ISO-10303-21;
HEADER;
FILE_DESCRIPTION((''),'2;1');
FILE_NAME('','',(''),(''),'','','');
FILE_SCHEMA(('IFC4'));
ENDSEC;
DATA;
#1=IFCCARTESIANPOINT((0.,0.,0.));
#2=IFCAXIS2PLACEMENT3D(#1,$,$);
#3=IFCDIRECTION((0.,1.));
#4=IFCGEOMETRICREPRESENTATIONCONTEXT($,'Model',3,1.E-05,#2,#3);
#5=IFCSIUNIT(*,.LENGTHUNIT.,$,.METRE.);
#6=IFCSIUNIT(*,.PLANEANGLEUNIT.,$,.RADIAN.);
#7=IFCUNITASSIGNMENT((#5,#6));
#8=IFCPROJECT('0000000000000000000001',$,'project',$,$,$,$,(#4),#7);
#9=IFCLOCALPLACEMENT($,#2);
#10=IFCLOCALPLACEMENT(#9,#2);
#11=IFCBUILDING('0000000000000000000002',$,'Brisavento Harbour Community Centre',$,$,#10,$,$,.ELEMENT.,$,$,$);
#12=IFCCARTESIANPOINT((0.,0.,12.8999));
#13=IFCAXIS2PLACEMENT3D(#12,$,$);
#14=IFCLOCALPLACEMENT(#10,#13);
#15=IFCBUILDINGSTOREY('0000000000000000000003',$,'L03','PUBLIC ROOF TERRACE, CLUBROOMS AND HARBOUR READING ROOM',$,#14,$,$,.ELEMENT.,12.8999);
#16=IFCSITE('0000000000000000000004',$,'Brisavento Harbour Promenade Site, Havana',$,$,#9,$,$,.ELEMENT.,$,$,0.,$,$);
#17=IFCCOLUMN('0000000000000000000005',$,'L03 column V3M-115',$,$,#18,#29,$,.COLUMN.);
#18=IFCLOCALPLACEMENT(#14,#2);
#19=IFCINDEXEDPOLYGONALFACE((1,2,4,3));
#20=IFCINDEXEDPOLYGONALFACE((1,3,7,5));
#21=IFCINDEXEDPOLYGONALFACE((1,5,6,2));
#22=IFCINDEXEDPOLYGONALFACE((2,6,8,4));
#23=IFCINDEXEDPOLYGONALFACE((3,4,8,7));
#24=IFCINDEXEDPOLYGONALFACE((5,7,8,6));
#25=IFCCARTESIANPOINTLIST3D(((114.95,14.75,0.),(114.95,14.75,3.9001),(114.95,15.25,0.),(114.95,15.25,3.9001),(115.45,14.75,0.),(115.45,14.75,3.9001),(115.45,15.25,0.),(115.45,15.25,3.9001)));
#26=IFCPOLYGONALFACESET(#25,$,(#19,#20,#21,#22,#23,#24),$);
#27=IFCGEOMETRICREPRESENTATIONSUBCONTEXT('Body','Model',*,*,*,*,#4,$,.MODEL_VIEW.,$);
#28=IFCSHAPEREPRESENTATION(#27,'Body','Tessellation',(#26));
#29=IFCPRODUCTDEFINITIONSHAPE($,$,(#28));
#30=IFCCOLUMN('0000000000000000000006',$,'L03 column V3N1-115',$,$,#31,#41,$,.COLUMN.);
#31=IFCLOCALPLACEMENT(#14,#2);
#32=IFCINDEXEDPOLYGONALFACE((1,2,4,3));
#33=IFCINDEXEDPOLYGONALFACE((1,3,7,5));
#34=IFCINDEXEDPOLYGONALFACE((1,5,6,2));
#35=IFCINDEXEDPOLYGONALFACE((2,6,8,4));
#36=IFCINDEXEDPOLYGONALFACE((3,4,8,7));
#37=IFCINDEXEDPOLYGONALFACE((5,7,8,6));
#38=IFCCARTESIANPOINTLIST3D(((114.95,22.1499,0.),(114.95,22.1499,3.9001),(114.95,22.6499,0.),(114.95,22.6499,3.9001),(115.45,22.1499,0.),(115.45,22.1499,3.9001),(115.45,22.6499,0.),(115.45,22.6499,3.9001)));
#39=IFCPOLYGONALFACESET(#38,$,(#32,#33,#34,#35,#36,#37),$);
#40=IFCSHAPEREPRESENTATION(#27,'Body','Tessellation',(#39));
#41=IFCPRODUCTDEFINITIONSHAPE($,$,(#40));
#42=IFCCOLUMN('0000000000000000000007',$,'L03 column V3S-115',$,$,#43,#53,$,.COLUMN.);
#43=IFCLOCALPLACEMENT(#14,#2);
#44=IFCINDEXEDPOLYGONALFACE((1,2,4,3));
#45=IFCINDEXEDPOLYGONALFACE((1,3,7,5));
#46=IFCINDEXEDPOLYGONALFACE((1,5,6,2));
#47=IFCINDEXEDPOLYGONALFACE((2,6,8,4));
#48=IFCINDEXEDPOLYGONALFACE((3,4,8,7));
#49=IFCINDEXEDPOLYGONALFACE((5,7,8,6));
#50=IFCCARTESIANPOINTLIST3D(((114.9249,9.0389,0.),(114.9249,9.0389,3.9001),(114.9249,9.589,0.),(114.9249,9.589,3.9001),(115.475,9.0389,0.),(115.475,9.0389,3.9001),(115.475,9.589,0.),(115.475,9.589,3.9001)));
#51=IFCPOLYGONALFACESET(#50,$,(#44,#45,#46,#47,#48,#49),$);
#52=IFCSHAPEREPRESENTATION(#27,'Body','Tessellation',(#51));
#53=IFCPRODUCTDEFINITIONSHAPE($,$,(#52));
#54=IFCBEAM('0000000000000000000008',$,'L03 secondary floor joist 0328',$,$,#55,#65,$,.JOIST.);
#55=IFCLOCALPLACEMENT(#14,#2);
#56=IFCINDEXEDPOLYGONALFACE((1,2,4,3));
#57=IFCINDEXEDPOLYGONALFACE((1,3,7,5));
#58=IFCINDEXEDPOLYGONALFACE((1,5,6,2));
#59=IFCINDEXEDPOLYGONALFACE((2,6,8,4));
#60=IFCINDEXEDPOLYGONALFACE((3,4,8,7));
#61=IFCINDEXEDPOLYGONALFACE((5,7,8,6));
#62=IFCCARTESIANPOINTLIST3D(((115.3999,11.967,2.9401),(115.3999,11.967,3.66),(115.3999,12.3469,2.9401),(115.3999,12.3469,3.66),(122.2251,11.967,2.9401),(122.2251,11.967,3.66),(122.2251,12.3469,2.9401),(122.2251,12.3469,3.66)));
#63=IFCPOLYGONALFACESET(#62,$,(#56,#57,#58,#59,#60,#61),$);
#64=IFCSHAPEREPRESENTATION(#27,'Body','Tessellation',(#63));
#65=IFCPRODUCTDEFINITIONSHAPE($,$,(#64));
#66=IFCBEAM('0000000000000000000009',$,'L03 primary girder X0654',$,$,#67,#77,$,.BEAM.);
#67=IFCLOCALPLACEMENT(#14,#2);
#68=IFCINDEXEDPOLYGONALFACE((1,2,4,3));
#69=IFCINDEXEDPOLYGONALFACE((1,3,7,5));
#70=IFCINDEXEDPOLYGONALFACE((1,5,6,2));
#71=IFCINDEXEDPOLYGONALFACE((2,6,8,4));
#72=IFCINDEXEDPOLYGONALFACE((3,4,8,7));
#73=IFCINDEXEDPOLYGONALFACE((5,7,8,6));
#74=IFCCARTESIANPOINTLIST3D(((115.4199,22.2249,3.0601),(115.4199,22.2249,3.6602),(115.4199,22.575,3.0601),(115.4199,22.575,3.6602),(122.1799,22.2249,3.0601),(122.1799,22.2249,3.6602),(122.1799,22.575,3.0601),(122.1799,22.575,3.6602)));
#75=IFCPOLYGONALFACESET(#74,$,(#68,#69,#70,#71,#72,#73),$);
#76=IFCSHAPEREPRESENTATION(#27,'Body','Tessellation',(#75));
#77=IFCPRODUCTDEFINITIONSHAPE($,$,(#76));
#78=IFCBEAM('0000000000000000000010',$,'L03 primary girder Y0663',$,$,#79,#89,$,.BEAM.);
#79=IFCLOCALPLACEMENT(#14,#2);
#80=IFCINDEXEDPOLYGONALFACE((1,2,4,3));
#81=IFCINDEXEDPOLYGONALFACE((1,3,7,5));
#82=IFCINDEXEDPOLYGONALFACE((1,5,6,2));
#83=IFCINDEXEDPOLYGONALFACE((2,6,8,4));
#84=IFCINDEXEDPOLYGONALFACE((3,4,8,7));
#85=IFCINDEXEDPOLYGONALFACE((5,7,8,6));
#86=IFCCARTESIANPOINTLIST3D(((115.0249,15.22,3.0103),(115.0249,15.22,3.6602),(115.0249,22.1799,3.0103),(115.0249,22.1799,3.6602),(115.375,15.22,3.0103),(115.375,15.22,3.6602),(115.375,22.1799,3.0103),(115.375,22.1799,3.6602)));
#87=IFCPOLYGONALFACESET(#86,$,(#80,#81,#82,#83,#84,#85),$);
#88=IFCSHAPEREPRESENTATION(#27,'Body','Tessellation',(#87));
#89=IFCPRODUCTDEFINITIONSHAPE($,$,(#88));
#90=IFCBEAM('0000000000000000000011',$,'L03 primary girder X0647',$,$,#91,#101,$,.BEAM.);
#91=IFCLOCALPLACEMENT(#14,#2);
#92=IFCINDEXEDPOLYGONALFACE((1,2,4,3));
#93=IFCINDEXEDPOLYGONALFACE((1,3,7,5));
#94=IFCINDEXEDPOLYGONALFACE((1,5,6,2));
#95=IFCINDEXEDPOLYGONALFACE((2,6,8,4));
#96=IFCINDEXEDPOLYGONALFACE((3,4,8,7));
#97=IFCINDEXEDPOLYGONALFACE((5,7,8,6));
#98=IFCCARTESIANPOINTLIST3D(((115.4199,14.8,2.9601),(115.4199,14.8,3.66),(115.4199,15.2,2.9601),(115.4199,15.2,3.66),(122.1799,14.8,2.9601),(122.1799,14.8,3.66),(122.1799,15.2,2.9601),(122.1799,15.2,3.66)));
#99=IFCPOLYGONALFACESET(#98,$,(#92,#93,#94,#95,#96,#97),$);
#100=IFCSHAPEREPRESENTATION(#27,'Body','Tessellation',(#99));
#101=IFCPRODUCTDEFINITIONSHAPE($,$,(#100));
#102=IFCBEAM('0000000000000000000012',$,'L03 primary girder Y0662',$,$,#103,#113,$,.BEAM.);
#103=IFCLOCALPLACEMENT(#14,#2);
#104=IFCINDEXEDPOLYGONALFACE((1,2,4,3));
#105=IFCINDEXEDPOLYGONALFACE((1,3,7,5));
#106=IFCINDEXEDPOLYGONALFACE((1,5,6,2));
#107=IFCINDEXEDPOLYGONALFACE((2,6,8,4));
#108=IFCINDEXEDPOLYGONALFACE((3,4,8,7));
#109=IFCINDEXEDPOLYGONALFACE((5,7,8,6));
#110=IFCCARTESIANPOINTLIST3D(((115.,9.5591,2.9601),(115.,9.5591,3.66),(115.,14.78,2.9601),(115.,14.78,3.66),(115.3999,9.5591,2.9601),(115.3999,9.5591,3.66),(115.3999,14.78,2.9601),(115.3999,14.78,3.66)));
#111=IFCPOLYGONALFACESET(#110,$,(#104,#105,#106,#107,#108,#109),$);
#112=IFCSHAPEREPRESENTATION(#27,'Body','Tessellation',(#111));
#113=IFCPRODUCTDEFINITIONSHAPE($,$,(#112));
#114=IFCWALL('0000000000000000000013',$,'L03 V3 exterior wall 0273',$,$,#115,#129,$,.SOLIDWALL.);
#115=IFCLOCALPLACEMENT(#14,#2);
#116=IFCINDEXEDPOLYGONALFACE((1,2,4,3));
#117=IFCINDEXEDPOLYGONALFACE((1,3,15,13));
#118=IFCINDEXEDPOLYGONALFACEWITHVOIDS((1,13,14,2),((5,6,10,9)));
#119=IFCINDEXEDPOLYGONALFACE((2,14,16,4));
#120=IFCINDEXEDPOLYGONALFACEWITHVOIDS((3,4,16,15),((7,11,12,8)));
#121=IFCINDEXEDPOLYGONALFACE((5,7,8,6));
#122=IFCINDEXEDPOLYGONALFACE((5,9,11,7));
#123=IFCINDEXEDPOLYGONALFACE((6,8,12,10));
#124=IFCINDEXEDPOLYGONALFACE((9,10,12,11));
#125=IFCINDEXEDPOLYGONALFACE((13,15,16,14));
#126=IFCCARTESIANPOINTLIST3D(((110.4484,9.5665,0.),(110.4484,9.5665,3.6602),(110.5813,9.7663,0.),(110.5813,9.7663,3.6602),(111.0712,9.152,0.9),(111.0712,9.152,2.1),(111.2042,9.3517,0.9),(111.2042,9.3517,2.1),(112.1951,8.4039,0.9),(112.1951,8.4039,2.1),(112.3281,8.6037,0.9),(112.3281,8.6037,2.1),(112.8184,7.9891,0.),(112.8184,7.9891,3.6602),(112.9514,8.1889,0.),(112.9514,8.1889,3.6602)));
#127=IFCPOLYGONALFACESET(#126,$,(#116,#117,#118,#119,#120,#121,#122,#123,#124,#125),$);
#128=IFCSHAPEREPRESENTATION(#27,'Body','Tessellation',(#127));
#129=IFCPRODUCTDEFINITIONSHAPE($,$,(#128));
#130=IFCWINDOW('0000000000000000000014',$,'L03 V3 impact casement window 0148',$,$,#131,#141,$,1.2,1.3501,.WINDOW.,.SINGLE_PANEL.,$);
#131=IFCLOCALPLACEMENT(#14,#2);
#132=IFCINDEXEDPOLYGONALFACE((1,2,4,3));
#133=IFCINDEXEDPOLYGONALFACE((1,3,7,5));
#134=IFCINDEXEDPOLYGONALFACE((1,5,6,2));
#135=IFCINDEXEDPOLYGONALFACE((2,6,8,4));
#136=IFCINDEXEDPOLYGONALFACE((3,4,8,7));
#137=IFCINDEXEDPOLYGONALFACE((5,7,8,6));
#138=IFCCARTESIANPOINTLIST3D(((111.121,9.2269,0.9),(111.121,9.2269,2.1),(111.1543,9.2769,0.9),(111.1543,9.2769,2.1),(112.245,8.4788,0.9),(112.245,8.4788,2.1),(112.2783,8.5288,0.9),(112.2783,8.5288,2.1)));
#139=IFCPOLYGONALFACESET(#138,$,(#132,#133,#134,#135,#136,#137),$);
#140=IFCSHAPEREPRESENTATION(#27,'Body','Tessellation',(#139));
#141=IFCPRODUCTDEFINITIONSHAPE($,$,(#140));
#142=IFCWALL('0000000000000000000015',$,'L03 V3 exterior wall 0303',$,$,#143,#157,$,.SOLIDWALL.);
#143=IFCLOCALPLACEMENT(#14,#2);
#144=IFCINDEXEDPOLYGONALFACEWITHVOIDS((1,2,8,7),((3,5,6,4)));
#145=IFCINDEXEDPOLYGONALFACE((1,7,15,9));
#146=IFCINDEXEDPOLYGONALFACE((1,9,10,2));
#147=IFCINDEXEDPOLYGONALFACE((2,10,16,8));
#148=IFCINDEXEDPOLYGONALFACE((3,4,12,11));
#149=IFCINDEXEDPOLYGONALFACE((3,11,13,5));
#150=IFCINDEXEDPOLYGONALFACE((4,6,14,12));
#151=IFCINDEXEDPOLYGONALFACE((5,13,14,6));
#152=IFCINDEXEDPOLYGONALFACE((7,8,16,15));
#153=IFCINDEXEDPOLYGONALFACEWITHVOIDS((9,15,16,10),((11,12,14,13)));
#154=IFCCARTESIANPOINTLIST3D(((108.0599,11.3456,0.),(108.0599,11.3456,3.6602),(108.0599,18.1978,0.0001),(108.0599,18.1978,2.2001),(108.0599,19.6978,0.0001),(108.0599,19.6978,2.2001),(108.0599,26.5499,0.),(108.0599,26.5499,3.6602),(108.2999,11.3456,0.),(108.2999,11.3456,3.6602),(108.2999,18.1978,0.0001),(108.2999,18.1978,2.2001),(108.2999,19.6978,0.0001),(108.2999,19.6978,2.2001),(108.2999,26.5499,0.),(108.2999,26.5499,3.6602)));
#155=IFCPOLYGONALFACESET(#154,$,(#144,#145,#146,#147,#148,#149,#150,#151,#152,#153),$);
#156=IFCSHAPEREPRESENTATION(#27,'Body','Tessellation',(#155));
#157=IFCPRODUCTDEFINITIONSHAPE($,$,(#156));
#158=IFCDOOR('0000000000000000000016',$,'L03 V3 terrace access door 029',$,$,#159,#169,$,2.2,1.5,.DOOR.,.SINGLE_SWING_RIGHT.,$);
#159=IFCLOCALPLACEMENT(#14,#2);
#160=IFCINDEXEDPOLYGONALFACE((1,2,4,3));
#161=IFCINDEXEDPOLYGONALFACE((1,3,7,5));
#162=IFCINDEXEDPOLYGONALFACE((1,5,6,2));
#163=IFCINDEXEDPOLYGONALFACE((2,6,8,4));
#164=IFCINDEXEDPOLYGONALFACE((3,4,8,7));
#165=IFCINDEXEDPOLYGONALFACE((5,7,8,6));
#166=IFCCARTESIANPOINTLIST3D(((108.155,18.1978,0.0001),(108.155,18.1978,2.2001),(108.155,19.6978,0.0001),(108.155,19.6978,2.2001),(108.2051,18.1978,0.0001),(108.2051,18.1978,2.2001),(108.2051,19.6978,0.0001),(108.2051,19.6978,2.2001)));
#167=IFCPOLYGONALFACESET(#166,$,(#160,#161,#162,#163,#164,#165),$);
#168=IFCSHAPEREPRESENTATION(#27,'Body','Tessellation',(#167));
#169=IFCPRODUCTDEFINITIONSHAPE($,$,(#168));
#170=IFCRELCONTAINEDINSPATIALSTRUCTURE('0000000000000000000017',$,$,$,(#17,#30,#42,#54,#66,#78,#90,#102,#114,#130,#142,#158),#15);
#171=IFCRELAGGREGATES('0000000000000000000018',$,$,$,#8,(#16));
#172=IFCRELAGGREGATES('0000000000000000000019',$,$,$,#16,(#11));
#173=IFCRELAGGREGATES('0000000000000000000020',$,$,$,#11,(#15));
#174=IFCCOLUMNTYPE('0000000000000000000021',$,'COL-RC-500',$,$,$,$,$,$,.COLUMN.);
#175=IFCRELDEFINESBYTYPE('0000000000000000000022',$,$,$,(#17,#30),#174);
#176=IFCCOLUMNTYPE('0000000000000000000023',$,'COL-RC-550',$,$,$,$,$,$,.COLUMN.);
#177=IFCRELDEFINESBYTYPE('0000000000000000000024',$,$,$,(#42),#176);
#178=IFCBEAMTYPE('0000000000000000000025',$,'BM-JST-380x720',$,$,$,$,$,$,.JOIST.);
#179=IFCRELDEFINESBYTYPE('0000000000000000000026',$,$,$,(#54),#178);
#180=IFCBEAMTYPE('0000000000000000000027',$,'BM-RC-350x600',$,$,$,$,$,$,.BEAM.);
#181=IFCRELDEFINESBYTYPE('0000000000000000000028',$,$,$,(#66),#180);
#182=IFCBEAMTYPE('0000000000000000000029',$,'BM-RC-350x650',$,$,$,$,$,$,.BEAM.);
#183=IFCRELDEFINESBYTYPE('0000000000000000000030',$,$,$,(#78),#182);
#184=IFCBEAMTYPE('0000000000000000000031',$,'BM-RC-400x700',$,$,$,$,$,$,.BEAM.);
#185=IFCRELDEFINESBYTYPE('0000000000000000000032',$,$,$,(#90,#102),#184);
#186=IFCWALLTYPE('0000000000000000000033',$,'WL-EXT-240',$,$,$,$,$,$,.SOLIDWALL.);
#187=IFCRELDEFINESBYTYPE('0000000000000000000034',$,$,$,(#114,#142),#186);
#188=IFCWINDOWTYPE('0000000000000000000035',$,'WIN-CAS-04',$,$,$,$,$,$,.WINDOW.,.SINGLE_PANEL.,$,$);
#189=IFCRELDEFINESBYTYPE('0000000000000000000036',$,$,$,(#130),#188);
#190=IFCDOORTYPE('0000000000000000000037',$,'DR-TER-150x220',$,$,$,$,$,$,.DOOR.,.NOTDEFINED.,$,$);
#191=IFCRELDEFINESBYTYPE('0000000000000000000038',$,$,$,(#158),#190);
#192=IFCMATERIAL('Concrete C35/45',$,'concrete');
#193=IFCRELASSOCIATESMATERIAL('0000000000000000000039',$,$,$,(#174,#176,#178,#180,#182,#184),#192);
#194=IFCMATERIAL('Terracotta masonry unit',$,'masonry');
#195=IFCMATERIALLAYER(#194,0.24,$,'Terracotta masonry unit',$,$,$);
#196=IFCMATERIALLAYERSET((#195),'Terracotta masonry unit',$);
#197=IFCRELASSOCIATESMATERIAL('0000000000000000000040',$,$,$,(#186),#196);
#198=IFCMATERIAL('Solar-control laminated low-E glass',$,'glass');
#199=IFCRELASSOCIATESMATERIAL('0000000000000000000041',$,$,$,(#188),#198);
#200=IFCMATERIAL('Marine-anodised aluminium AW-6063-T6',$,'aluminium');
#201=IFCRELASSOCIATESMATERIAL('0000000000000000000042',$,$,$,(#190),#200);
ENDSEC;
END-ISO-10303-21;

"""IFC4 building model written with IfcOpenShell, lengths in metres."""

from ifc_helpers import new_model, si_unit, direction, frame, frame_2d, origin, origin_2d, place, context, subcontext, project, spatial, rectangle, extrude, material, layer, layer_set, material_profile, profile_set, type_object, element, fill, save


model = new_model("IFC4")

# Units and contexts
model_context = context("Model", 3, precision=1e-05, world=origin(), true_north=direction((0.0, 1.0)))
body_context = subcontext(model_context, "Body", "Model", "MODEL_VIEW")
ifc_project = project(units=[si_unit("LENGTHUNIT", "METRE"), si_unit("PLANEANGLEUNIT", "RADIAN")], contexts=[model_context])

# Site, building, storey
site_placement = place(None, origin())
site = spatial("IfcSite", under=ifc_project, at=site_placement, Name="Brisavento Harbour Promenade Site, Havana", CompositionType="ELEMENT", RefElevation=0.0)
building_placement = place(site_placement, origin())
building = spatial("IfcBuilding", under=site, at=building_placement, Name="Brisavento Harbour Community Centre", CompositionType="ELEMENT")
storey_placement = place(building_placement, frame((0.0, 0.0, 12.8999)))
storey = spatial("IfcBuildingStorey", under=building, at=storey_placement, Name="L03", Description="PUBLIC ROOF TERRACE, CLUBROOMS AND HARBOUR READING ROOM", CompositionType="ELEMENT", Elevation=12.8999)

# Columns
ifc_material_1 = material(Name="Concrete C35/45", Category="concrete")
ifc_material_profile_1 = material_profile(ifc_material_1, rectangle(XDim=0.5, YDim=0.5, at=origin_2d()), Name="Concrete C35/45")
ifc_profile_set_1 = profile_set([ifc_material_profile_1], Name="Concrete C35/45")
column_type_1 = type_object("IfcColumnType", Name="COL-RC-500", PredefinedType="COLUMN", material=ifc_profile_set_1)
for number, where, z_axis, x_axis, name in (
    (1, (115.2, 15.0, 0.0), (0.0, 0.0, 1.0), (1.0, 0.0, 0.0), "L03 column V3M-115"),
    (2, (115.2, 22.3999, 0.0), (0.0, 0.0, 1.0), (1.0, 0.0, 0.0), "L03 column V3N1-115"),
):
    element("IfcColumn", number, at=place(storey_placement, frame(where, z_axis=z_axis, x_axis=x_axis)), inside=storey, type_object=column_type_1, Name=name, PredefinedType="COLUMN", context=body_context, shape_type="SweptSolid", body=[
        extrude(rectangle(XDim=0.5, YDim=0.5, at=origin_2d()), origin(), (0.0, 0.0, 1.0), 3.9001),
    ])
ifc_material_profile_2 = material_profile(ifc_material_1, rectangle(XDim=0.55, YDim=0.55, at=origin_2d()), Name="Concrete C35/45")
ifc_profile_set_2 = profile_set([ifc_material_profile_2], Name="Concrete C35/45")
column_type_2 = type_object("IfcColumnType", Name="COL-RC-550", PredefinedType="COLUMN", material=ifc_profile_set_2)
column_placement = place(storey_placement, frame((115.2, 9.314, 0.0), z_axis=(0.0, 0.0, 1.0), x_axis=(1.0, 0.0, 0.0)))
element("IfcColumn", 3, at=column_placement, inside=storey, type_object=column_type_2, Name="L03 column V3S-115", PredefinedType="COLUMN", context=body_context, shape_type="SweptSolid", body=[
    extrude(rectangle(XDim=0.55, YDim=0.55, at=origin_2d()), origin(), (0.0, 0.0, 1.0), 3.9001),
])

# Beams
ifc_material_profile_3 = material_profile(ifc_material_1, rectangle(XDim=0.3799, YDim=0.72, at=origin_2d()), Name="Concrete C35/45")
ifc_profile_set_3 = profile_set([ifc_material_profile_3], Name="Concrete C35/45")
beam_type_1 = type_object("IfcBeamType", Name="BM-JST-380x720", PredefinedType="JOIST", material=ifc_profile_set_3)
beam_1_placement = place(storey_placement, frame((115.3999, 12.157, 3.3), z_axis=(1.0, 0.0, 0.0), x_axis=(0.0, 1.0, 0.0)))
element("IfcBeam", 4, at=beam_1_placement, inside=storey, type_object=beam_type_1, Name="L03 secondary floor joist 0328", PredefinedType="JOIST", context=body_context, shape_type="SweptSolid", body=[
    extrude(rectangle(XDim=0.3799, YDim=0.72, at=origin_2d()), origin(), (0.0, 0.0, 1.0), 6.8252),
])
ifc_material_profile_4 = material_profile(ifc_material_1, rectangle(XDim=0.3501, YDim=0.6001, at=origin_2d()), Name="Concrete C35/45")
ifc_profile_set_4 = profile_set([ifc_material_profile_4], Name="Concrete C35/45")
beam_type_2 = type_object("IfcBeamType", Name="BM-RC-350x600", PredefinedType="BEAM", material=ifc_profile_set_4)
beam_2_placement = place(storey_placement, frame((115.4199, 22.3999, 3.3601), z_axis=(1.0, 0.0, 0.0), x_axis=(0.0, 1.0, 0.0)))
element("IfcBeam", 5, at=beam_2_placement, inside=storey, type_object=beam_type_2, Name="L03 primary girder X0654", PredefinedType="BEAM", context=body_context, shape_type="SweptSolid", body=[
    extrude(rectangle(XDim=0.3501, YDim=0.6001, at=origin_2d()), origin(), (0.0, 0.0, 1.0), 6.76),
])
ifc_material_profile_5 = material_profile(ifc_material_1, rectangle(XDim=0.3501, YDim=0.6499, at=origin_2d()), Name="Concrete C35/45")
ifc_profile_set_5 = profile_set([ifc_material_profile_5], Name="Concrete C35/45")
beam_type_3 = type_object("IfcBeamType", Name="BM-RC-350x650", PredefinedType="BEAM", material=ifc_profile_set_5)
beam_3_placement = place(storey_placement, frame((115.2, 15.22, 3.3352), z_axis=(0.0, 1.0, 0.0), x_axis=(-1.0, 0.0, 0.0)))
element("IfcBeam", 6, at=beam_3_placement, inside=storey, type_object=beam_type_3, Name="L03 primary girder Y0663", PredefinedType="BEAM", context=body_context, shape_type="SweptSolid", body=[
    extrude(rectangle(XDim=0.3501, YDim=0.6499, at=origin_2d()), origin(), (0.0, 0.0, 1.0), 6.96),
])
ifc_material_profile_6 = material_profile(ifc_material_1, rectangle(XDim=0.3999, YDim=0.7, at=origin_2d()), Name="Concrete C35/45")
ifc_profile_set_6 = profile_set([ifc_material_profile_6], Name="Concrete C35/45")
beam_type_4 = type_object("IfcBeamType", Name="BM-RC-400x700", PredefinedType="BEAM", material=ifc_profile_set_6)
beam_4_placement = place(storey_placement, frame((115.4199, 15.0, 3.3101), z_axis=(1.0, 0.0, 0.0), x_axis=(0.0, 1.0, 0.0)))
element("IfcBeam", 7, at=beam_4_placement, inside=storey, type_object=beam_type_4, Name="L03 primary girder X0647", PredefinedType="BEAM", context=body_context, shape_type="SweptSolid", body=[
    extrude(rectangle(XDim=0.3999, YDim=0.7, at=origin_2d()), origin(), (0.0, 0.0, 1.0), 6.76),
])
beam_5_placement = place(storey_placement, frame((115.2, 9.5591, 3.3101), z_axis=(0.0, 1.0, 0.0), x_axis=(-1.0, 0.0, 0.0)))
element("IfcBeam", 8, at=beam_5_placement, inside=storey, type_object=beam_type_4, Name="L03 primary girder Y0662", PredefinedType="BEAM", context=body_context, shape_type="SweptSolid", body=[
    extrude(rectangle(XDim=0.3999, YDim=0.7, at=origin_2d()), origin(), (0.0, 0.0, 1.0), 5.2209),
])

# Wall, opening, window
ifc_material_2 = material(Name="Terracotta masonry unit", Category="masonry")
ifc_layer_1 = layer(ifc_material_2, 0.24, Name="Terracotta masonry unit")
ifc_layer_set_1 = layer_set([ifc_layer_1], Name="Terracotta masonry unit")
wall_type_1 = type_object("IfcWallType", Name="WL-EXT-240", PredefinedType="SOLIDWALL", material=ifc_layer_set_1)
wall_1_placement = place(storey_placement, frame((112.8848, 8.0891, 0.0), z_axis=(0.0, 0.0, 1.0), x_axis=(-0.832485, 0.554047, 0.0)))
wall_1 = element("IfcWall", 9, at=wall_1_placement, inside=storey, type_object=wall_type_1, Name="L03 V3 exterior wall 0273", PredefinedType="SOLIDWALL", context=body_context, shape_type="SweptSolid", body=[
    extrude(rectangle(XDim=2.8469, YDim=0.24, at=frame_2d((1.4233, 0.0))), origin(), (0.0, 0.0, 1.0), 3.6602),
])
opening_1_placement = place(wall_1_placement, frame((0.7485, 0.0, 0.8999)))
opening_1 = element("IfcOpeningElement", 10, at=opening_1_placement, cuts=wall_1, PredefinedType="OPENING", context=body_context, shape_type="SweptSolid", body=[
    extrude(rectangle(XDim=1.3501, YDim=1.2, at=frame_2d((0.675, 0.6001))), frame((0.0, 0.1299, 0.0), z_axis=(0.0, -1.0, 0.0), x_axis=(1.0, 0.0, 0.0)), (0.0, 0.0, 1.0), 0.26),
])
ifc_material_3 = material(Name="Solar-control laminated low-E glass", Category="glass")
window_type_1 = type_object("IfcWindowType", Name="WIN-CAS-04", PartitioningType="SINGLE_PANEL", PredefinedType="WINDOW", material=ifc_material_3)
window_1_placement = place(opening_1_placement, origin())
window_1 = element("IfcWindow", 11, at=window_1_placement, inside=storey, type_object=window_type_1, Name="L03 V3 impact casement window 0148", OverallHeight=1.2, OverallWidth=1.3501, PartitioningType="SINGLE_PANEL", PredefinedType="WINDOW", context=body_context, shape_type="SweptSolid", body=[
    extrude(rectangle(XDim=1.3501, YDim=1.2, at=frame_2d((0.675, 0.6001))), frame((0.0, 0.03, 0.0), z_axis=(0.0, -1.0, 0.0), x_axis=(1.0, 0.0, 0.0)), (0.0, 0.0, 1.0), 0.0601),
])
fill(opening_1, window_1)

# Wall, opening, door
wall_2_placement = place(storey_placement, frame((108.1799, 11.3457, 0.0), z_axis=(0.0, 0.0, 1.0), x_axis=(0.0, 1.0, 0.0)))
wall_2 = element("IfcWall", 12, at=wall_2_placement, inside=storey, type_object=wall_type_1, Name="L03 V3 exterior wall 0303", PredefinedType="SOLIDWALL", context=body_context, shape_type="SweptSolid", body=[
    extrude(rectangle(XDim=15.2043, YDim=0.24, at=frame_2d((7.6021, 0.0))), origin(), (0.0, 0.0, 1.0), 3.6602),
])
opening_2_placement = place(wall_2_placement, frame((6.8521, 0.0, 0.0)))
opening_2 = element("IfcOpeningElement", 13, at=opening_2_placement, cuts=wall_2, PredefinedType="OPENING", context=body_context, shape_type="SweptSolid", body=[
    extrude(rectangle(XDim=1.5, YDim=2.2, at=frame_2d((0.75, 1.1001))), frame((0.0, 0.1299, 0.0), z_axis=(0.0, -1.0, 0.0), x_axis=(1.0, 0.0, 0.0)), (0.0, 0.0, 1.0), 0.26),
])
ifc_material_4 = material(Name="Marine-anodised aluminium AW-6063-T6", Category="aluminium")
door_type_1 = type_object("IfcDoorType", Name="DR-TER-150x220", OperationType="NOTDEFINED", PredefinedType="DOOR", material=ifc_material_4)
door_1_placement = place(opening_2_placement, origin())
door_1 = element("IfcDoor", 14, at=door_1_placement, inside=storey, type_object=door_type_1, Name="L03 V3 terrace access door 029", OperationType="SINGLE_SWING_RIGHT", OverallHeight=2.2, OverallWidth=1.5, PredefinedType="DOOR", context=body_context, shape_type="SweptSolid", body=[
    extrude(rectangle(XDim=1.5, YDim=2.2, at=frame_2d((0.75, 1.1001))), frame((0.0, 0.0249, 0.0), z_axis=(0.0, -1.0, 0.0), x_axis=(1.0, 0.0, 0.0)), (0.0, 0.0, 1.0), 0.05),
])
fill(opening_2, door_1)

save(model, "model.ifc")
